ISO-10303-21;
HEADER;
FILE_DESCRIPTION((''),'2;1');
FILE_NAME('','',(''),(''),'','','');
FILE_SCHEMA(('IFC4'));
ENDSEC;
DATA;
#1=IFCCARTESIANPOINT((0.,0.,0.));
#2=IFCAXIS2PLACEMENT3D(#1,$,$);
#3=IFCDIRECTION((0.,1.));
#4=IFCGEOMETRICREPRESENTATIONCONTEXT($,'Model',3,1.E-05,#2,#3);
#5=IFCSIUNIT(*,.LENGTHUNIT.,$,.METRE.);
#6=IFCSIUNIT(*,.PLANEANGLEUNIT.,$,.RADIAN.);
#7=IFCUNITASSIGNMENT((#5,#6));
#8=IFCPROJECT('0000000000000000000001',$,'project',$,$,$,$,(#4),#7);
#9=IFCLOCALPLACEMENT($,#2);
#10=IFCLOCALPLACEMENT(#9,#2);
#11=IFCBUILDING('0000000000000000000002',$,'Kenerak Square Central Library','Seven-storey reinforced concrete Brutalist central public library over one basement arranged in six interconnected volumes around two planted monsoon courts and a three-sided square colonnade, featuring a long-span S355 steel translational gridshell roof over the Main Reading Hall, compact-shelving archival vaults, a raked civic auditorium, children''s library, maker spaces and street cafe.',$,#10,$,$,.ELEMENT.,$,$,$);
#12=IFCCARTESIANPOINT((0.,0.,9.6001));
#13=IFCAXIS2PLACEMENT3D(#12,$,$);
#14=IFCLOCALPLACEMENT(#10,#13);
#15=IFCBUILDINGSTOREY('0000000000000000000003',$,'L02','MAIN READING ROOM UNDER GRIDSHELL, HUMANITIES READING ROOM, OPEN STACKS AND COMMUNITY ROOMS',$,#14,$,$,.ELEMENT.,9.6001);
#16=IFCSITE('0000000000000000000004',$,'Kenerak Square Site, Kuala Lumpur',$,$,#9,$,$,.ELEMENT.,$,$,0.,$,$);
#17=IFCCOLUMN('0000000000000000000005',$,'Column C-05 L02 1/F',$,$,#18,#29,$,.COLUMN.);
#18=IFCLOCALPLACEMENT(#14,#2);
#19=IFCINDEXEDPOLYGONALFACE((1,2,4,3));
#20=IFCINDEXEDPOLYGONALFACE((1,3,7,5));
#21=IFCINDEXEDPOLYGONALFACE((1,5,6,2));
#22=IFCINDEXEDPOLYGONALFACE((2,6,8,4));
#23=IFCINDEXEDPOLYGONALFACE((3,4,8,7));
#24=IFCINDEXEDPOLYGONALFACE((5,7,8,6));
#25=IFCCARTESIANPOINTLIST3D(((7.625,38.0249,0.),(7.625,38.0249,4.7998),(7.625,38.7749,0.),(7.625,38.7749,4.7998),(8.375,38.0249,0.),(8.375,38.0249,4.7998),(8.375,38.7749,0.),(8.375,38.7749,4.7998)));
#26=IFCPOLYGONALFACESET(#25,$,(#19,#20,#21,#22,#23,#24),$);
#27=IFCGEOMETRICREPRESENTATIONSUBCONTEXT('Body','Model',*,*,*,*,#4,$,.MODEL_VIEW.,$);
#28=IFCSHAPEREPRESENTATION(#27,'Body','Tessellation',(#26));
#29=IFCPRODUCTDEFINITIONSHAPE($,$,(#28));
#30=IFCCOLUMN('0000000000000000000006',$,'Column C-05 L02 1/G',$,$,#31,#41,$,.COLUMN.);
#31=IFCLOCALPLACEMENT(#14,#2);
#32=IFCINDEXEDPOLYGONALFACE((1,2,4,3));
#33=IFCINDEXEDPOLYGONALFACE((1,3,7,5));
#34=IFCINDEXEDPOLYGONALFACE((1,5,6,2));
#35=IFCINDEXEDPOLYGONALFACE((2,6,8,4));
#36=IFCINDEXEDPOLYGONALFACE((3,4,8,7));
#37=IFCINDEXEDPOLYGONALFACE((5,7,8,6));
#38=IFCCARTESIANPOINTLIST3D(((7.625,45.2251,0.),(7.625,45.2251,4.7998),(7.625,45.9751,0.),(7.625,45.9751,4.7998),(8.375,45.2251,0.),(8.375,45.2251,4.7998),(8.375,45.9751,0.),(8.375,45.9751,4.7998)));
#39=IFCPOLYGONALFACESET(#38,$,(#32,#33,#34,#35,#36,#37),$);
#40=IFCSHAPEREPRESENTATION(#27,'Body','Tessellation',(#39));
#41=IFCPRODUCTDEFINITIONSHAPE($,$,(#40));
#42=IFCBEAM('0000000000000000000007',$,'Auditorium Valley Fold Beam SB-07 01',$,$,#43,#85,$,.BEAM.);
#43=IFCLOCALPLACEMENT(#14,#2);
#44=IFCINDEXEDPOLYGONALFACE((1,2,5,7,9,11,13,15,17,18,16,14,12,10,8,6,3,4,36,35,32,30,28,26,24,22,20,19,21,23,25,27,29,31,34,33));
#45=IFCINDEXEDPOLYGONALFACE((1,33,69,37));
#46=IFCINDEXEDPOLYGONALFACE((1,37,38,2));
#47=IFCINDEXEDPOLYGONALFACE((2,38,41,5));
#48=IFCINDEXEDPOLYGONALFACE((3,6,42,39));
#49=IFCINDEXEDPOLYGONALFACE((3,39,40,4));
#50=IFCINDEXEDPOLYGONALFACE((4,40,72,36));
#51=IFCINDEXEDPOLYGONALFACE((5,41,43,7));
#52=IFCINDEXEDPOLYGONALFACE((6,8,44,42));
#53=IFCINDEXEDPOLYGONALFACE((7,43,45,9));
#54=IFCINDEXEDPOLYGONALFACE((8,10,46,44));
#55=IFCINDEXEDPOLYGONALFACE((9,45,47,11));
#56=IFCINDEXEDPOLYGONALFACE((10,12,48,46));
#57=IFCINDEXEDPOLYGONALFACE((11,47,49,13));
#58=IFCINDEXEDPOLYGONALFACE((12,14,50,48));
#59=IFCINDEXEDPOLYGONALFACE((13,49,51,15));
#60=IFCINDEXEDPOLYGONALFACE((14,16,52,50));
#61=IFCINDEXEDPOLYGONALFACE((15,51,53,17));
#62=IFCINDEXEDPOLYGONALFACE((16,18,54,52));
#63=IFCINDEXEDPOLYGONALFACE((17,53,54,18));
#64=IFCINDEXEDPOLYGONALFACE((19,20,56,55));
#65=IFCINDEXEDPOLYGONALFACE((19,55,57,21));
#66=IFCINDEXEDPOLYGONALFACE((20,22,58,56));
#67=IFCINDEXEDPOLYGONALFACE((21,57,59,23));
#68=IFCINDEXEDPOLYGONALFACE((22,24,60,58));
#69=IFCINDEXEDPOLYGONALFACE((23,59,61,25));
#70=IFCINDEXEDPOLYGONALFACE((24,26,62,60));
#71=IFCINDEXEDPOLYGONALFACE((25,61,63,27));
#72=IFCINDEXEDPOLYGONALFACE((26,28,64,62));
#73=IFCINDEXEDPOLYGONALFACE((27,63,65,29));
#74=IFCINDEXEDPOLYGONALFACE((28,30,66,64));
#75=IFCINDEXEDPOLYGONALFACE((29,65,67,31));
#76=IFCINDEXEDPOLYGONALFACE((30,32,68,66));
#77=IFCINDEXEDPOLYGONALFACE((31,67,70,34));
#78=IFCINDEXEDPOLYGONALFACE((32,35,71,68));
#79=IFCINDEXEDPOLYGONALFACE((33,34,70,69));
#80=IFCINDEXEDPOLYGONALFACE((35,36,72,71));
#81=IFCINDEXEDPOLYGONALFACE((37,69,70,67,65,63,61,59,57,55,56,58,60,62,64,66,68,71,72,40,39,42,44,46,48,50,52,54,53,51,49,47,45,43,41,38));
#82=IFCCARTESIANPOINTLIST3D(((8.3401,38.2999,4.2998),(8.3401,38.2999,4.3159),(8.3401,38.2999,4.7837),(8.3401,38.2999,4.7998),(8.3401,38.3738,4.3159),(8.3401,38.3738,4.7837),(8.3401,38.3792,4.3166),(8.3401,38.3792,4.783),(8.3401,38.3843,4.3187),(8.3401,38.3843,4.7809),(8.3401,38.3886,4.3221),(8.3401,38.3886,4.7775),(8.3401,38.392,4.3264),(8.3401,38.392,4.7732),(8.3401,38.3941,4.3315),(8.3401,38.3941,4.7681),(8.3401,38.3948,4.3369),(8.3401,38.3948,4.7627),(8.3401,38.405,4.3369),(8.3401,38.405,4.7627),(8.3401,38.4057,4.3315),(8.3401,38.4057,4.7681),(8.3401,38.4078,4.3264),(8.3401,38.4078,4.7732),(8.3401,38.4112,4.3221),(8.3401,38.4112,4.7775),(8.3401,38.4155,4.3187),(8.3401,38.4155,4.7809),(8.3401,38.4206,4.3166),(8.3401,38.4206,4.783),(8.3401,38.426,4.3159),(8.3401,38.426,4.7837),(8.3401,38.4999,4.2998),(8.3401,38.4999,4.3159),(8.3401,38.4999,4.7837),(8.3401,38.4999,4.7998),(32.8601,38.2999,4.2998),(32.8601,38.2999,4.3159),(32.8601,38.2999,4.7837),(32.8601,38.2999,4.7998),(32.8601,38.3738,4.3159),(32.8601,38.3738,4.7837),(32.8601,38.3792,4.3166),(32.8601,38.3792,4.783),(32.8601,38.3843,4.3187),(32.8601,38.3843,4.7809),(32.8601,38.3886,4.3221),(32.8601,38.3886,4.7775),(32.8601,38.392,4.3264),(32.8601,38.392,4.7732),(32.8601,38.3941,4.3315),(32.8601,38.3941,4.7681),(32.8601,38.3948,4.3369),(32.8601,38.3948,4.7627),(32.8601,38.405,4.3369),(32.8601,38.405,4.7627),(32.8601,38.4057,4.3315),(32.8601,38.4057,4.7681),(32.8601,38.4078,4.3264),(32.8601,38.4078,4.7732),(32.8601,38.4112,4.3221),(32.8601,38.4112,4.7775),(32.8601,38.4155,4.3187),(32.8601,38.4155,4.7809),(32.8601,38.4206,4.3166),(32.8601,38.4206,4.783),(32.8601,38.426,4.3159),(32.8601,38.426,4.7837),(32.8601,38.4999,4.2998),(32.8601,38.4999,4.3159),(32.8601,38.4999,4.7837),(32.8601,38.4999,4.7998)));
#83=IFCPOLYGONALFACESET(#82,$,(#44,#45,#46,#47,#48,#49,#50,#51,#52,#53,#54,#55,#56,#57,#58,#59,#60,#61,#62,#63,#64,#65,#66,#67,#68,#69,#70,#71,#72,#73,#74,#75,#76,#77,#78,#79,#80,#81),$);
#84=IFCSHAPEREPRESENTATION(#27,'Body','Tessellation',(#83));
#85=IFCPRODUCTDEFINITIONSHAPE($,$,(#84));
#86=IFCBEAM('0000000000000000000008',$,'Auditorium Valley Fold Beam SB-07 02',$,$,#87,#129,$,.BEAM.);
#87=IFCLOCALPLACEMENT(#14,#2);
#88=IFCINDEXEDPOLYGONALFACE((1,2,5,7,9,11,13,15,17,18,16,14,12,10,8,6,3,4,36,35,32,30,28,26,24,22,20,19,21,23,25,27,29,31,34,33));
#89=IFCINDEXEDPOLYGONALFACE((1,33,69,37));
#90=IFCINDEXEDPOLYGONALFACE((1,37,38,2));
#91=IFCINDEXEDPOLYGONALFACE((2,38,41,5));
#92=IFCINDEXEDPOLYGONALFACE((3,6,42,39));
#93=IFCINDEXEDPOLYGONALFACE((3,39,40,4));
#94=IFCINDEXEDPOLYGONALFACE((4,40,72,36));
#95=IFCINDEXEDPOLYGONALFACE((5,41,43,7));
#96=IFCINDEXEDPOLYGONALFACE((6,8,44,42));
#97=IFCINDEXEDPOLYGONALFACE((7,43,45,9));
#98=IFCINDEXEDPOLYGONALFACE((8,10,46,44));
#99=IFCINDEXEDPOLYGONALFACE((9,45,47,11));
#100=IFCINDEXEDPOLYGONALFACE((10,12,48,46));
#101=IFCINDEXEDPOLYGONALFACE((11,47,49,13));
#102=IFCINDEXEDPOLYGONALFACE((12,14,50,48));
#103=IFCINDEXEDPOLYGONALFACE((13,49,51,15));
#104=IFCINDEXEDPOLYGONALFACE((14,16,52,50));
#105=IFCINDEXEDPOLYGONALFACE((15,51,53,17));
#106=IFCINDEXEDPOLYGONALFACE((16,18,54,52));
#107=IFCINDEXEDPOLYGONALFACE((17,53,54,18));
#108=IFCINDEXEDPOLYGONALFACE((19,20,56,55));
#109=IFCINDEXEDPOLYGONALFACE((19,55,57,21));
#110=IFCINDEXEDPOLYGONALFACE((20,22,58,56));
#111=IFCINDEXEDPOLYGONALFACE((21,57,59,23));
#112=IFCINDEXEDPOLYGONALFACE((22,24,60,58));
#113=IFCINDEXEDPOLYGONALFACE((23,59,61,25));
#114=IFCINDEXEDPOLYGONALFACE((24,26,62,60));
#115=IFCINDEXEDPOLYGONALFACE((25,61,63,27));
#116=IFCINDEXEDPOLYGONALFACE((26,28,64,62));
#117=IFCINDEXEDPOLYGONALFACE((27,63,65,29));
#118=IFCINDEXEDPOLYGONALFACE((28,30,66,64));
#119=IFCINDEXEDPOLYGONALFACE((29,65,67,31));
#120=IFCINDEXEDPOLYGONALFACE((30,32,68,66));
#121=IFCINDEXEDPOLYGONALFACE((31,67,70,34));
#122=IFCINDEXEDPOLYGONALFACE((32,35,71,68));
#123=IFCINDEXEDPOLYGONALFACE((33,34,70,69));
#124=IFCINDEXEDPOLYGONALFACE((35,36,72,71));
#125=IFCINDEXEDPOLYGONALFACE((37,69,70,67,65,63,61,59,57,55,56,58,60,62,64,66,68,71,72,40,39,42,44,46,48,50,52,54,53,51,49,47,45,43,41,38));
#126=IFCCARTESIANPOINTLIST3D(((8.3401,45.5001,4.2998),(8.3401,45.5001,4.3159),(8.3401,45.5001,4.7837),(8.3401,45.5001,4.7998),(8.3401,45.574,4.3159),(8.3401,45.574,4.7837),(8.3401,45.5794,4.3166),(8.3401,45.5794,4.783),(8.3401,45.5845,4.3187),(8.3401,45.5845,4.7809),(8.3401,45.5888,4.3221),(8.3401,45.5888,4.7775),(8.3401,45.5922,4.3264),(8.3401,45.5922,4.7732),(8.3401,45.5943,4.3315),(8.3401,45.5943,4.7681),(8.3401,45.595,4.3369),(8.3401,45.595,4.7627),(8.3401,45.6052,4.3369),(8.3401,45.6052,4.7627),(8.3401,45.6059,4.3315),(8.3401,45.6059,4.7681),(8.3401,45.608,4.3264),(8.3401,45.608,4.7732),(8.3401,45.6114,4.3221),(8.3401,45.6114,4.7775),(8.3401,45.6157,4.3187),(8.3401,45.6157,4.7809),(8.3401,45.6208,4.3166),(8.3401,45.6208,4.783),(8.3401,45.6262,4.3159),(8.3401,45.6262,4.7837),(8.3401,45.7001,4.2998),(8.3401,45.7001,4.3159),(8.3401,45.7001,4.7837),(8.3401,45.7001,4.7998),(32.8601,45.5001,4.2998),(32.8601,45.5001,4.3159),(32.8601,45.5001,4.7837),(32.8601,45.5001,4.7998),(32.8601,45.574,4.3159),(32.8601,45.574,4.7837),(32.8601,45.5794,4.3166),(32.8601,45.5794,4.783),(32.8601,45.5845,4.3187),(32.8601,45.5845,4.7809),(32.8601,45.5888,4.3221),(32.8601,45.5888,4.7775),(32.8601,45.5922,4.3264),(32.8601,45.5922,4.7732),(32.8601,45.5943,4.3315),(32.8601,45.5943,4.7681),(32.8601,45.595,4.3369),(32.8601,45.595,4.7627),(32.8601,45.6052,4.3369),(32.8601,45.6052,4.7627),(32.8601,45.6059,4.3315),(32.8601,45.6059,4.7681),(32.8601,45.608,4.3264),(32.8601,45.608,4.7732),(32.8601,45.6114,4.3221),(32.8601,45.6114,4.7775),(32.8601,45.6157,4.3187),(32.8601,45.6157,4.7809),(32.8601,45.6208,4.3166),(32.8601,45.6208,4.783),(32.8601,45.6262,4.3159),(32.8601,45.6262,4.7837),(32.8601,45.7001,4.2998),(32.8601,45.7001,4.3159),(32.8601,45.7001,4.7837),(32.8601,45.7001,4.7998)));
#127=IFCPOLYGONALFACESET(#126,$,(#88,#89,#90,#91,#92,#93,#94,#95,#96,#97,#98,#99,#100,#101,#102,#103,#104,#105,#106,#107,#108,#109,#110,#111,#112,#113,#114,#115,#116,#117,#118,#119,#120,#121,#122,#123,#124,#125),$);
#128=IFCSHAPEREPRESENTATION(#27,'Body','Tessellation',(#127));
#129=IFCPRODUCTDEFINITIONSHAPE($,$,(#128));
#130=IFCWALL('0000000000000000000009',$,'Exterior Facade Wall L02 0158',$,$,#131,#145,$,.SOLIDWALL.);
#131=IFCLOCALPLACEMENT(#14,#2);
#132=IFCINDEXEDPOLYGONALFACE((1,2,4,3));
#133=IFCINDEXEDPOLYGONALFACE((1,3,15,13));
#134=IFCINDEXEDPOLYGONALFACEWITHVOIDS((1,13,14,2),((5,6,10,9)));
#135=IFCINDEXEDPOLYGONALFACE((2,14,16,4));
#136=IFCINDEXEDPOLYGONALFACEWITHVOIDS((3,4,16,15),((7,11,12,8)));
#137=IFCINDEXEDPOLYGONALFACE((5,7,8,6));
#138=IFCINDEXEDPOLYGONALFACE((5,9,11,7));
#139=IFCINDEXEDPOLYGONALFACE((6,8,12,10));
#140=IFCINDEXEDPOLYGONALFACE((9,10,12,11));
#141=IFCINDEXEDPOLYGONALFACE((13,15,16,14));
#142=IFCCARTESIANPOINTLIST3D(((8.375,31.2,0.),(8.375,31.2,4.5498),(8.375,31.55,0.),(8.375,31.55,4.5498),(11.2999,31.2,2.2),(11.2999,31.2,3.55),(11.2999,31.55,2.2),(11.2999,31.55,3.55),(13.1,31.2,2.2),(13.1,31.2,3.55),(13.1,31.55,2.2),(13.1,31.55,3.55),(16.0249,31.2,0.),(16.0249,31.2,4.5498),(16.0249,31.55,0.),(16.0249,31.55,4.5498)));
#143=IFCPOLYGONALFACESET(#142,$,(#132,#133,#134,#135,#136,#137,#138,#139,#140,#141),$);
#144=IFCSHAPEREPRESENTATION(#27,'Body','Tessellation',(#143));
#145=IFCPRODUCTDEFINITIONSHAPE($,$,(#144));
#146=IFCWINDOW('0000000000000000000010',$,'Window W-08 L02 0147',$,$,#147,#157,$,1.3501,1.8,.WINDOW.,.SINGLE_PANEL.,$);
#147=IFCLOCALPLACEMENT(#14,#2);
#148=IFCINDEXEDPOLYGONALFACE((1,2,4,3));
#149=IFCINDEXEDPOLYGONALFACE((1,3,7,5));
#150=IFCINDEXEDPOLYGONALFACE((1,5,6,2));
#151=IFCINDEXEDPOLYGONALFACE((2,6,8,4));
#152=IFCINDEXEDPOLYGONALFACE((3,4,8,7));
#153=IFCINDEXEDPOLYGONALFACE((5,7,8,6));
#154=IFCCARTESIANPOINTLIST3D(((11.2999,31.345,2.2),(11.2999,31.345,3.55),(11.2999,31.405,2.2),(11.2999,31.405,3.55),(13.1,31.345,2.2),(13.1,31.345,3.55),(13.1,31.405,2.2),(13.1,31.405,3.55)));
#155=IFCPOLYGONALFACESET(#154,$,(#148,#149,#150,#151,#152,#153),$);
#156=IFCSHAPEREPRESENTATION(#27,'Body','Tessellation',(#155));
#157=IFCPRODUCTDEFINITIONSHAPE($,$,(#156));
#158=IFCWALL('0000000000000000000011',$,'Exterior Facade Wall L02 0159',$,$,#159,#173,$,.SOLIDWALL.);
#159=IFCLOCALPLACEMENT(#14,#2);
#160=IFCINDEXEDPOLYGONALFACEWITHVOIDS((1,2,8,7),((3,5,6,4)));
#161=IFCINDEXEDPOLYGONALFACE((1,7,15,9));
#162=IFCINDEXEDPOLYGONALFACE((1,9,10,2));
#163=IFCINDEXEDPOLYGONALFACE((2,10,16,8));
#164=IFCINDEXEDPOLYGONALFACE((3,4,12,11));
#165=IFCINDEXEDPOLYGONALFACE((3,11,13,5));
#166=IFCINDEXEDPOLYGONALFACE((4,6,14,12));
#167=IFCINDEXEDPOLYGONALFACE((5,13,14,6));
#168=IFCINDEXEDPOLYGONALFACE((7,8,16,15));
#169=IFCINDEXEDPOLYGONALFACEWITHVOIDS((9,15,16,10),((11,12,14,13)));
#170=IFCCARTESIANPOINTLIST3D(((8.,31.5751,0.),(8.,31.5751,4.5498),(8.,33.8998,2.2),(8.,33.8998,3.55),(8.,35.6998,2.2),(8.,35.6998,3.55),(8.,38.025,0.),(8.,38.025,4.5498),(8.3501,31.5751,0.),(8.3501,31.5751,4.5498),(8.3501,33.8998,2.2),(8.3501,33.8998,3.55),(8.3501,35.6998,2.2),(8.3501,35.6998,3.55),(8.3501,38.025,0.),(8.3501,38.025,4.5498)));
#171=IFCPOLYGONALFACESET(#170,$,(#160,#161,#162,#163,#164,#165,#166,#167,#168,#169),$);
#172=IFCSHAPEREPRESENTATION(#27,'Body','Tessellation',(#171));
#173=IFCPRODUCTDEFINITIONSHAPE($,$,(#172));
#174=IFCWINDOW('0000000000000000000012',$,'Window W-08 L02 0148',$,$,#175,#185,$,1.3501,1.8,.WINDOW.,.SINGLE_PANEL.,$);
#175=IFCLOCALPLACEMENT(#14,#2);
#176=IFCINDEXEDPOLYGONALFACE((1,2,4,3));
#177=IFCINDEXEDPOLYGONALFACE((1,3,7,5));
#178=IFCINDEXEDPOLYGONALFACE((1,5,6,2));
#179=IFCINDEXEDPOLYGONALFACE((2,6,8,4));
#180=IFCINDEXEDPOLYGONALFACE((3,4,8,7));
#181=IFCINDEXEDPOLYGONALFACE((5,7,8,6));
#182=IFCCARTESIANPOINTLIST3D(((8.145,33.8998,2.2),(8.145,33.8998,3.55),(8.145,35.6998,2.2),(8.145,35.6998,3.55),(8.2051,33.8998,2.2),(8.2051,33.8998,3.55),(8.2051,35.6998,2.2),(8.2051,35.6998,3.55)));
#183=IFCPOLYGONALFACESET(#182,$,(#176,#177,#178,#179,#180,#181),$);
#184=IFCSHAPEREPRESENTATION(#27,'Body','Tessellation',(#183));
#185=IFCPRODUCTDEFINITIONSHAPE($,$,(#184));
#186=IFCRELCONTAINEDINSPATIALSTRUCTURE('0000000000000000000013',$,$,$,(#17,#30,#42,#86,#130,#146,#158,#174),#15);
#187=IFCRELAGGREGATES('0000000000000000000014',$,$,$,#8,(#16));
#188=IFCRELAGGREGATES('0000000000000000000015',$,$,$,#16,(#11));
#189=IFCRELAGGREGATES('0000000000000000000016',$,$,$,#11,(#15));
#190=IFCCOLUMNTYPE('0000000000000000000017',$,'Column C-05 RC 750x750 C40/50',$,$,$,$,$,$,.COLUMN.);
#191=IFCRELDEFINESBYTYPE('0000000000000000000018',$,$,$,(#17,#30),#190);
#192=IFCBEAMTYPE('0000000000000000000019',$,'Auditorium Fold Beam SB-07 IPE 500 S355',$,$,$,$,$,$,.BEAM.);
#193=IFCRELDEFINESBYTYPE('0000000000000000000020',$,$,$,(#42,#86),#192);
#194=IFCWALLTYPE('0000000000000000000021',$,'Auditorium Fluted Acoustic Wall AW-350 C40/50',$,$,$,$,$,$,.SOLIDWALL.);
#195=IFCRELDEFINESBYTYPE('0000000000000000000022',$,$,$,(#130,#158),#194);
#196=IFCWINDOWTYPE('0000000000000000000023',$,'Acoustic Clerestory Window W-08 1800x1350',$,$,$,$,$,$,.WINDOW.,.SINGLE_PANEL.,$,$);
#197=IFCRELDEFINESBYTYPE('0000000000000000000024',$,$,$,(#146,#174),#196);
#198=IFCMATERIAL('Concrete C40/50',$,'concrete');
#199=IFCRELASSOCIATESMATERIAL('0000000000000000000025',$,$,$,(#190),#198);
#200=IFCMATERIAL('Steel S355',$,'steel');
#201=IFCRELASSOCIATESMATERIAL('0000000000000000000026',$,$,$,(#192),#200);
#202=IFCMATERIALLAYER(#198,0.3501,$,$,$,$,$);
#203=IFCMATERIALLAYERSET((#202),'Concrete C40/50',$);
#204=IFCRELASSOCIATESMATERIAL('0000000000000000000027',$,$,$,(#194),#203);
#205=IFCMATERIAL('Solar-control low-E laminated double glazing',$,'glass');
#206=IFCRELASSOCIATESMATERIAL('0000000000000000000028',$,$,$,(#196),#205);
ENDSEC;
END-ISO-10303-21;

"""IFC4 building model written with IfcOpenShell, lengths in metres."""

from ifc_helpers import new_model, si_unit, direction, frame, frame_2d, origin, origin_2d, place, context, subcontext, project, spatial, rectangle, i_section, extrude, material, layer, layer_set, material_profile, profile_set, type_object, element, fill, save


model = new_model("IFC4")

# Units and contexts
model_context = context("Model", 3, precision=1e-05, world=origin(), true_north=direction((0.0, 1.0)))
body_context = subcontext(model_context, "Body", "Model", "MODEL_VIEW")
ifc_project = project(units=[si_unit("LENGTHUNIT", "METRE"), si_unit("PLANEANGLEUNIT", "RADIAN")], contexts=[model_context])

# Site, building, storey
site_placement = place(None, origin())
site = spatial("IfcSite", under=ifc_project, at=site_placement, Name="Kenerak Square Site, Kuala Lumpur", CompositionType="ELEMENT", RefElevation=0.0)
building_placement = place(site_placement, origin())
building = spatial("IfcBuilding", under=site, at=building_placement, Name="Kenerak Square Central Library", Description="Seven-storey reinforced concrete Brutalist central public library over one basement arranged in six interconnected volumes around two planted monsoon courts and a three-sided square colonnade, featuring a long-span S355 steel translational gridshell roof over the Main Reading Hall, compact-shelving archival vaults, a raked civic auditorium, children's library, maker spaces and street cafe.", CompositionType="ELEMENT")
storey_placement = place(building_placement, frame((0.0, 0.0, 9.6001)))
storey = spatial("IfcBuildingStorey", under=building, at=storey_placement, Name="L02", Description="MAIN READING ROOM UNDER GRIDSHELL, HUMANITIES READING ROOM, OPEN STACKS AND COMMUNITY ROOMS", CompositionType="ELEMENT", Elevation=9.6001)

# Columns
ifc_material_1 = material(Name="Concrete C40/50", Category="concrete")
ifc_material_profile_1 = material_profile(ifc_material_1, rectangle(XDim=0.75, YDim=0.75, at=origin_2d()), Name="RC 750x750")
ifc_profile_set_1 = profile_set([ifc_material_profile_1], Name="Concrete C40/50")
column_type = type_object("IfcColumnType", Name="Column C-05 RC 750x750 C40/50", PredefinedType="COLUMN", material=ifc_profile_set_1)
for number, where, z_axis, x_axis, name in (
    (1, (8.0, 38.3999, 0.0), (0.0, 0.0, 1.0), (1.0, 0.0, 0.0), "Column C-05 L02 1/F"),
    (2, (8.0, 45.6001, 0.0), (0.0, 0.0, 1.0), (1.0, 0.0, 0.0), "Column C-05 L02 1/G"),
):
    element("IfcColumn", number, at=place(storey_placement, frame(where, z_axis=z_axis, x_axis=x_axis)), inside=storey, type_object=column_type, Name=name, PredefinedType="COLUMN", context=body_context, shape_type="SweptSolid", body=[
        extrude(rectangle(XDim=0.75, YDim=0.75, at=origin_2d()), origin(), (0.0, 0.0, 1.0), 4.7998),
    ])

# Beams
ifc_material_2 = material(Name="Steel S355", Category="steel")
ifc_material_profile_2 = material_profile(ifc_material_2, i_section(OverallWidth=0.2, OverallDepth=0.5, WebThickness=0.0103, FlangeThickness=0.0161, FilletRadius=0.021, at=origin_2d()), Name="IPE 500")
ifc_profile_set_2 = profile_set([ifc_material_profile_2], Name="Steel S355")
beam_type = type_object("IfcBeamType", Name="Auditorium Fold Beam SB-07 IPE 500 S355", PredefinedType="BEAM", material=ifc_profile_set_2)
for number, where, z_axis, x_axis, name in (
    (3, (8.3401, 38.3999, 4.5498), (1.0, 0.0, 0.0), (0.0, 1.0, 0.0), "Auditorium Valley Fold Beam SB-07 01"),
    (4, (8.3401, 45.6001, 4.5498), (1.0, 0.0, 0.0), (0.0, 1.0, 0.0), "Auditorium Valley Fold Beam SB-07 02"),
):
    element("IfcBeam", number, at=place(storey_placement, frame(where, z_axis=z_axis, x_axis=x_axis)), inside=storey, type_object=beam_type, Name=name, PredefinedType="BEAM", context=body_context, shape_type="SweptSolid", body=[
        extrude(i_section(OverallWidth=0.2, OverallDepth=0.5, WebThickness=0.0103, FlangeThickness=0.0161, FilletRadius=0.021, at=origin_2d()), origin(), (0.0, 0.0, 1.0), 24.52),
    ])

# Walls, openings, windows
ifc_layer_1 = layer(ifc_material_1, 0.3501)
ifc_layer_set_1 = layer_set([ifc_layer_1], Name="Concrete C40/50")
wall_type_1 = type_object("IfcWallType", Name="Auditorium Fluted Acoustic Wall AW-350 C40/50", PredefinedType="SOLIDWALL", material=ifc_layer_set_1)
wall_1_placement = place(storey_placement, frame((16.0249, 31.375, 0.0), z_axis=(0.0, 0.0, 1.0), x_axis=(-1.0, 0.0, 0.0)))
wall_1 = element("IfcWall", 5, at=wall_1_placement, inside=storey, type_object=wall_type_1, Name="Exterior Facade Wall L02 0158", PredefinedType="SOLIDWALL", context=body_context, shape_type="SweptSolid", body=[
    extrude(rectangle(XDim=7.6499, YDim=0.3501, at=frame_2d((3.825, 0.0))), origin(), (0.0, 0.0, 1.0), 4.5498),
])
opening_1_placement = place(wall_1_placement, frame((2.925, 0.0, 2.2)))
opening_1 = element("IfcOpeningElement", 6, at=opening_1_placement, cuts=wall_1, PredefinedType="OPENING", context=body_context, shape_type="SweptSolid", body=[
    extrude(rectangle(XDim=1.8, YDim=1.3501, at=frame_2d((0.8999, 0.675))), frame((0.0, 0.1851, 0.0), z_axis=(0.0, -1.0, 0.0), x_axis=(1.0, 0.0, 0.0)), (0.0, 0.0, 1.0), 0.3701),
])
ifc_material_3 = material(Name="Solar-control low-E laminated double glazing", Category="glass")
window_type = type_object("IfcWindowType", Name="Acoustic Clerestory Window W-08 1800x1350", PartitioningType="SINGLE_PANEL", PredefinedType="WINDOW", material=ifc_material_3)
window_1_placement = place(opening_1_placement, origin())
window_1 = element("IfcWindow", 7, at=window_1_placement, inside=storey, type_object=window_type, Name="Window W-08 L02 0147", OverallHeight=1.3501, OverallWidth=1.8, PartitioningType="SINGLE_PANEL", PredefinedType="WINDOW", context=body_context, shape_type="SweptSolid", body=[
    extrude(rectangle(XDim=1.8, YDim=1.3501, at=frame_2d((0.8999, 0.675))), frame((0.0, 0.03, 0.0), z_axis=(0.0, -1.0, 0.0), x_axis=(1.0, 0.0, 0.0)), (0.0, 0.0, 1.0), 0.0601),
])
fill(opening_1, window_1)
wall_2_placement = place(storey_placement, frame((8.175, 31.575, 0.0), z_axis=(0.0, 0.0, 1.0), x_axis=(0.0, 1.0, 0.0)))
wall_2 = element("IfcWall", 8, at=wall_2_placement, inside=storey, type_object=wall_type_1, Name="Exterior Facade Wall L02 0159", PredefinedType="SOLIDWALL", context=body_context, shape_type="SweptSolid", body=[
    extrude(rectangle(XDim=6.45, YDim=0.3501, at=frame_2d((3.2251, 0.0))), origin(), (0.0, 0.0, 1.0), 4.5498),
])
opening_2_placement = place(wall_2_placement, frame((2.325, 0.0, 2.2)))
opening_2 = element("IfcOpeningElement", 9, at=opening_2_placement, cuts=wall_2, PredefinedType="OPENING", context=body_context, shape_type="SweptSolid", body=[
    extrude(rectangle(XDim=1.8, YDim=1.3501, at=frame_2d((0.8999, 0.675))), frame((0.0, 0.1851, 0.0), z_axis=(0.0, -1.0, 0.0), x_axis=(1.0, 0.0, 0.0)), (0.0, 0.0, 1.0), 0.3701),
])
window_2_placement = place(opening_2_placement, origin())
window_2 = element("IfcWindow", 10, at=window_2_placement, inside=storey, type_object=window_type, Name="Window W-08 L02 0148", OverallHeight=1.3501, OverallWidth=1.8, PartitioningType="SINGLE_PANEL", PredefinedType="WINDOW", context=body_context, shape_type="SweptSolid", body=[
    extrude(rectangle(XDim=1.8, YDim=1.3501, at=frame_2d((0.8999, 0.675))), frame((0.0, 0.03, 0.0), z_axis=(0.0, -1.0, 0.0), x_axis=(1.0, 0.0, 0.0)), (0.0, 0.0, 1.0), 0.0601),
])
fill(opening_2, window_2)

save(model, "model.ifc")
